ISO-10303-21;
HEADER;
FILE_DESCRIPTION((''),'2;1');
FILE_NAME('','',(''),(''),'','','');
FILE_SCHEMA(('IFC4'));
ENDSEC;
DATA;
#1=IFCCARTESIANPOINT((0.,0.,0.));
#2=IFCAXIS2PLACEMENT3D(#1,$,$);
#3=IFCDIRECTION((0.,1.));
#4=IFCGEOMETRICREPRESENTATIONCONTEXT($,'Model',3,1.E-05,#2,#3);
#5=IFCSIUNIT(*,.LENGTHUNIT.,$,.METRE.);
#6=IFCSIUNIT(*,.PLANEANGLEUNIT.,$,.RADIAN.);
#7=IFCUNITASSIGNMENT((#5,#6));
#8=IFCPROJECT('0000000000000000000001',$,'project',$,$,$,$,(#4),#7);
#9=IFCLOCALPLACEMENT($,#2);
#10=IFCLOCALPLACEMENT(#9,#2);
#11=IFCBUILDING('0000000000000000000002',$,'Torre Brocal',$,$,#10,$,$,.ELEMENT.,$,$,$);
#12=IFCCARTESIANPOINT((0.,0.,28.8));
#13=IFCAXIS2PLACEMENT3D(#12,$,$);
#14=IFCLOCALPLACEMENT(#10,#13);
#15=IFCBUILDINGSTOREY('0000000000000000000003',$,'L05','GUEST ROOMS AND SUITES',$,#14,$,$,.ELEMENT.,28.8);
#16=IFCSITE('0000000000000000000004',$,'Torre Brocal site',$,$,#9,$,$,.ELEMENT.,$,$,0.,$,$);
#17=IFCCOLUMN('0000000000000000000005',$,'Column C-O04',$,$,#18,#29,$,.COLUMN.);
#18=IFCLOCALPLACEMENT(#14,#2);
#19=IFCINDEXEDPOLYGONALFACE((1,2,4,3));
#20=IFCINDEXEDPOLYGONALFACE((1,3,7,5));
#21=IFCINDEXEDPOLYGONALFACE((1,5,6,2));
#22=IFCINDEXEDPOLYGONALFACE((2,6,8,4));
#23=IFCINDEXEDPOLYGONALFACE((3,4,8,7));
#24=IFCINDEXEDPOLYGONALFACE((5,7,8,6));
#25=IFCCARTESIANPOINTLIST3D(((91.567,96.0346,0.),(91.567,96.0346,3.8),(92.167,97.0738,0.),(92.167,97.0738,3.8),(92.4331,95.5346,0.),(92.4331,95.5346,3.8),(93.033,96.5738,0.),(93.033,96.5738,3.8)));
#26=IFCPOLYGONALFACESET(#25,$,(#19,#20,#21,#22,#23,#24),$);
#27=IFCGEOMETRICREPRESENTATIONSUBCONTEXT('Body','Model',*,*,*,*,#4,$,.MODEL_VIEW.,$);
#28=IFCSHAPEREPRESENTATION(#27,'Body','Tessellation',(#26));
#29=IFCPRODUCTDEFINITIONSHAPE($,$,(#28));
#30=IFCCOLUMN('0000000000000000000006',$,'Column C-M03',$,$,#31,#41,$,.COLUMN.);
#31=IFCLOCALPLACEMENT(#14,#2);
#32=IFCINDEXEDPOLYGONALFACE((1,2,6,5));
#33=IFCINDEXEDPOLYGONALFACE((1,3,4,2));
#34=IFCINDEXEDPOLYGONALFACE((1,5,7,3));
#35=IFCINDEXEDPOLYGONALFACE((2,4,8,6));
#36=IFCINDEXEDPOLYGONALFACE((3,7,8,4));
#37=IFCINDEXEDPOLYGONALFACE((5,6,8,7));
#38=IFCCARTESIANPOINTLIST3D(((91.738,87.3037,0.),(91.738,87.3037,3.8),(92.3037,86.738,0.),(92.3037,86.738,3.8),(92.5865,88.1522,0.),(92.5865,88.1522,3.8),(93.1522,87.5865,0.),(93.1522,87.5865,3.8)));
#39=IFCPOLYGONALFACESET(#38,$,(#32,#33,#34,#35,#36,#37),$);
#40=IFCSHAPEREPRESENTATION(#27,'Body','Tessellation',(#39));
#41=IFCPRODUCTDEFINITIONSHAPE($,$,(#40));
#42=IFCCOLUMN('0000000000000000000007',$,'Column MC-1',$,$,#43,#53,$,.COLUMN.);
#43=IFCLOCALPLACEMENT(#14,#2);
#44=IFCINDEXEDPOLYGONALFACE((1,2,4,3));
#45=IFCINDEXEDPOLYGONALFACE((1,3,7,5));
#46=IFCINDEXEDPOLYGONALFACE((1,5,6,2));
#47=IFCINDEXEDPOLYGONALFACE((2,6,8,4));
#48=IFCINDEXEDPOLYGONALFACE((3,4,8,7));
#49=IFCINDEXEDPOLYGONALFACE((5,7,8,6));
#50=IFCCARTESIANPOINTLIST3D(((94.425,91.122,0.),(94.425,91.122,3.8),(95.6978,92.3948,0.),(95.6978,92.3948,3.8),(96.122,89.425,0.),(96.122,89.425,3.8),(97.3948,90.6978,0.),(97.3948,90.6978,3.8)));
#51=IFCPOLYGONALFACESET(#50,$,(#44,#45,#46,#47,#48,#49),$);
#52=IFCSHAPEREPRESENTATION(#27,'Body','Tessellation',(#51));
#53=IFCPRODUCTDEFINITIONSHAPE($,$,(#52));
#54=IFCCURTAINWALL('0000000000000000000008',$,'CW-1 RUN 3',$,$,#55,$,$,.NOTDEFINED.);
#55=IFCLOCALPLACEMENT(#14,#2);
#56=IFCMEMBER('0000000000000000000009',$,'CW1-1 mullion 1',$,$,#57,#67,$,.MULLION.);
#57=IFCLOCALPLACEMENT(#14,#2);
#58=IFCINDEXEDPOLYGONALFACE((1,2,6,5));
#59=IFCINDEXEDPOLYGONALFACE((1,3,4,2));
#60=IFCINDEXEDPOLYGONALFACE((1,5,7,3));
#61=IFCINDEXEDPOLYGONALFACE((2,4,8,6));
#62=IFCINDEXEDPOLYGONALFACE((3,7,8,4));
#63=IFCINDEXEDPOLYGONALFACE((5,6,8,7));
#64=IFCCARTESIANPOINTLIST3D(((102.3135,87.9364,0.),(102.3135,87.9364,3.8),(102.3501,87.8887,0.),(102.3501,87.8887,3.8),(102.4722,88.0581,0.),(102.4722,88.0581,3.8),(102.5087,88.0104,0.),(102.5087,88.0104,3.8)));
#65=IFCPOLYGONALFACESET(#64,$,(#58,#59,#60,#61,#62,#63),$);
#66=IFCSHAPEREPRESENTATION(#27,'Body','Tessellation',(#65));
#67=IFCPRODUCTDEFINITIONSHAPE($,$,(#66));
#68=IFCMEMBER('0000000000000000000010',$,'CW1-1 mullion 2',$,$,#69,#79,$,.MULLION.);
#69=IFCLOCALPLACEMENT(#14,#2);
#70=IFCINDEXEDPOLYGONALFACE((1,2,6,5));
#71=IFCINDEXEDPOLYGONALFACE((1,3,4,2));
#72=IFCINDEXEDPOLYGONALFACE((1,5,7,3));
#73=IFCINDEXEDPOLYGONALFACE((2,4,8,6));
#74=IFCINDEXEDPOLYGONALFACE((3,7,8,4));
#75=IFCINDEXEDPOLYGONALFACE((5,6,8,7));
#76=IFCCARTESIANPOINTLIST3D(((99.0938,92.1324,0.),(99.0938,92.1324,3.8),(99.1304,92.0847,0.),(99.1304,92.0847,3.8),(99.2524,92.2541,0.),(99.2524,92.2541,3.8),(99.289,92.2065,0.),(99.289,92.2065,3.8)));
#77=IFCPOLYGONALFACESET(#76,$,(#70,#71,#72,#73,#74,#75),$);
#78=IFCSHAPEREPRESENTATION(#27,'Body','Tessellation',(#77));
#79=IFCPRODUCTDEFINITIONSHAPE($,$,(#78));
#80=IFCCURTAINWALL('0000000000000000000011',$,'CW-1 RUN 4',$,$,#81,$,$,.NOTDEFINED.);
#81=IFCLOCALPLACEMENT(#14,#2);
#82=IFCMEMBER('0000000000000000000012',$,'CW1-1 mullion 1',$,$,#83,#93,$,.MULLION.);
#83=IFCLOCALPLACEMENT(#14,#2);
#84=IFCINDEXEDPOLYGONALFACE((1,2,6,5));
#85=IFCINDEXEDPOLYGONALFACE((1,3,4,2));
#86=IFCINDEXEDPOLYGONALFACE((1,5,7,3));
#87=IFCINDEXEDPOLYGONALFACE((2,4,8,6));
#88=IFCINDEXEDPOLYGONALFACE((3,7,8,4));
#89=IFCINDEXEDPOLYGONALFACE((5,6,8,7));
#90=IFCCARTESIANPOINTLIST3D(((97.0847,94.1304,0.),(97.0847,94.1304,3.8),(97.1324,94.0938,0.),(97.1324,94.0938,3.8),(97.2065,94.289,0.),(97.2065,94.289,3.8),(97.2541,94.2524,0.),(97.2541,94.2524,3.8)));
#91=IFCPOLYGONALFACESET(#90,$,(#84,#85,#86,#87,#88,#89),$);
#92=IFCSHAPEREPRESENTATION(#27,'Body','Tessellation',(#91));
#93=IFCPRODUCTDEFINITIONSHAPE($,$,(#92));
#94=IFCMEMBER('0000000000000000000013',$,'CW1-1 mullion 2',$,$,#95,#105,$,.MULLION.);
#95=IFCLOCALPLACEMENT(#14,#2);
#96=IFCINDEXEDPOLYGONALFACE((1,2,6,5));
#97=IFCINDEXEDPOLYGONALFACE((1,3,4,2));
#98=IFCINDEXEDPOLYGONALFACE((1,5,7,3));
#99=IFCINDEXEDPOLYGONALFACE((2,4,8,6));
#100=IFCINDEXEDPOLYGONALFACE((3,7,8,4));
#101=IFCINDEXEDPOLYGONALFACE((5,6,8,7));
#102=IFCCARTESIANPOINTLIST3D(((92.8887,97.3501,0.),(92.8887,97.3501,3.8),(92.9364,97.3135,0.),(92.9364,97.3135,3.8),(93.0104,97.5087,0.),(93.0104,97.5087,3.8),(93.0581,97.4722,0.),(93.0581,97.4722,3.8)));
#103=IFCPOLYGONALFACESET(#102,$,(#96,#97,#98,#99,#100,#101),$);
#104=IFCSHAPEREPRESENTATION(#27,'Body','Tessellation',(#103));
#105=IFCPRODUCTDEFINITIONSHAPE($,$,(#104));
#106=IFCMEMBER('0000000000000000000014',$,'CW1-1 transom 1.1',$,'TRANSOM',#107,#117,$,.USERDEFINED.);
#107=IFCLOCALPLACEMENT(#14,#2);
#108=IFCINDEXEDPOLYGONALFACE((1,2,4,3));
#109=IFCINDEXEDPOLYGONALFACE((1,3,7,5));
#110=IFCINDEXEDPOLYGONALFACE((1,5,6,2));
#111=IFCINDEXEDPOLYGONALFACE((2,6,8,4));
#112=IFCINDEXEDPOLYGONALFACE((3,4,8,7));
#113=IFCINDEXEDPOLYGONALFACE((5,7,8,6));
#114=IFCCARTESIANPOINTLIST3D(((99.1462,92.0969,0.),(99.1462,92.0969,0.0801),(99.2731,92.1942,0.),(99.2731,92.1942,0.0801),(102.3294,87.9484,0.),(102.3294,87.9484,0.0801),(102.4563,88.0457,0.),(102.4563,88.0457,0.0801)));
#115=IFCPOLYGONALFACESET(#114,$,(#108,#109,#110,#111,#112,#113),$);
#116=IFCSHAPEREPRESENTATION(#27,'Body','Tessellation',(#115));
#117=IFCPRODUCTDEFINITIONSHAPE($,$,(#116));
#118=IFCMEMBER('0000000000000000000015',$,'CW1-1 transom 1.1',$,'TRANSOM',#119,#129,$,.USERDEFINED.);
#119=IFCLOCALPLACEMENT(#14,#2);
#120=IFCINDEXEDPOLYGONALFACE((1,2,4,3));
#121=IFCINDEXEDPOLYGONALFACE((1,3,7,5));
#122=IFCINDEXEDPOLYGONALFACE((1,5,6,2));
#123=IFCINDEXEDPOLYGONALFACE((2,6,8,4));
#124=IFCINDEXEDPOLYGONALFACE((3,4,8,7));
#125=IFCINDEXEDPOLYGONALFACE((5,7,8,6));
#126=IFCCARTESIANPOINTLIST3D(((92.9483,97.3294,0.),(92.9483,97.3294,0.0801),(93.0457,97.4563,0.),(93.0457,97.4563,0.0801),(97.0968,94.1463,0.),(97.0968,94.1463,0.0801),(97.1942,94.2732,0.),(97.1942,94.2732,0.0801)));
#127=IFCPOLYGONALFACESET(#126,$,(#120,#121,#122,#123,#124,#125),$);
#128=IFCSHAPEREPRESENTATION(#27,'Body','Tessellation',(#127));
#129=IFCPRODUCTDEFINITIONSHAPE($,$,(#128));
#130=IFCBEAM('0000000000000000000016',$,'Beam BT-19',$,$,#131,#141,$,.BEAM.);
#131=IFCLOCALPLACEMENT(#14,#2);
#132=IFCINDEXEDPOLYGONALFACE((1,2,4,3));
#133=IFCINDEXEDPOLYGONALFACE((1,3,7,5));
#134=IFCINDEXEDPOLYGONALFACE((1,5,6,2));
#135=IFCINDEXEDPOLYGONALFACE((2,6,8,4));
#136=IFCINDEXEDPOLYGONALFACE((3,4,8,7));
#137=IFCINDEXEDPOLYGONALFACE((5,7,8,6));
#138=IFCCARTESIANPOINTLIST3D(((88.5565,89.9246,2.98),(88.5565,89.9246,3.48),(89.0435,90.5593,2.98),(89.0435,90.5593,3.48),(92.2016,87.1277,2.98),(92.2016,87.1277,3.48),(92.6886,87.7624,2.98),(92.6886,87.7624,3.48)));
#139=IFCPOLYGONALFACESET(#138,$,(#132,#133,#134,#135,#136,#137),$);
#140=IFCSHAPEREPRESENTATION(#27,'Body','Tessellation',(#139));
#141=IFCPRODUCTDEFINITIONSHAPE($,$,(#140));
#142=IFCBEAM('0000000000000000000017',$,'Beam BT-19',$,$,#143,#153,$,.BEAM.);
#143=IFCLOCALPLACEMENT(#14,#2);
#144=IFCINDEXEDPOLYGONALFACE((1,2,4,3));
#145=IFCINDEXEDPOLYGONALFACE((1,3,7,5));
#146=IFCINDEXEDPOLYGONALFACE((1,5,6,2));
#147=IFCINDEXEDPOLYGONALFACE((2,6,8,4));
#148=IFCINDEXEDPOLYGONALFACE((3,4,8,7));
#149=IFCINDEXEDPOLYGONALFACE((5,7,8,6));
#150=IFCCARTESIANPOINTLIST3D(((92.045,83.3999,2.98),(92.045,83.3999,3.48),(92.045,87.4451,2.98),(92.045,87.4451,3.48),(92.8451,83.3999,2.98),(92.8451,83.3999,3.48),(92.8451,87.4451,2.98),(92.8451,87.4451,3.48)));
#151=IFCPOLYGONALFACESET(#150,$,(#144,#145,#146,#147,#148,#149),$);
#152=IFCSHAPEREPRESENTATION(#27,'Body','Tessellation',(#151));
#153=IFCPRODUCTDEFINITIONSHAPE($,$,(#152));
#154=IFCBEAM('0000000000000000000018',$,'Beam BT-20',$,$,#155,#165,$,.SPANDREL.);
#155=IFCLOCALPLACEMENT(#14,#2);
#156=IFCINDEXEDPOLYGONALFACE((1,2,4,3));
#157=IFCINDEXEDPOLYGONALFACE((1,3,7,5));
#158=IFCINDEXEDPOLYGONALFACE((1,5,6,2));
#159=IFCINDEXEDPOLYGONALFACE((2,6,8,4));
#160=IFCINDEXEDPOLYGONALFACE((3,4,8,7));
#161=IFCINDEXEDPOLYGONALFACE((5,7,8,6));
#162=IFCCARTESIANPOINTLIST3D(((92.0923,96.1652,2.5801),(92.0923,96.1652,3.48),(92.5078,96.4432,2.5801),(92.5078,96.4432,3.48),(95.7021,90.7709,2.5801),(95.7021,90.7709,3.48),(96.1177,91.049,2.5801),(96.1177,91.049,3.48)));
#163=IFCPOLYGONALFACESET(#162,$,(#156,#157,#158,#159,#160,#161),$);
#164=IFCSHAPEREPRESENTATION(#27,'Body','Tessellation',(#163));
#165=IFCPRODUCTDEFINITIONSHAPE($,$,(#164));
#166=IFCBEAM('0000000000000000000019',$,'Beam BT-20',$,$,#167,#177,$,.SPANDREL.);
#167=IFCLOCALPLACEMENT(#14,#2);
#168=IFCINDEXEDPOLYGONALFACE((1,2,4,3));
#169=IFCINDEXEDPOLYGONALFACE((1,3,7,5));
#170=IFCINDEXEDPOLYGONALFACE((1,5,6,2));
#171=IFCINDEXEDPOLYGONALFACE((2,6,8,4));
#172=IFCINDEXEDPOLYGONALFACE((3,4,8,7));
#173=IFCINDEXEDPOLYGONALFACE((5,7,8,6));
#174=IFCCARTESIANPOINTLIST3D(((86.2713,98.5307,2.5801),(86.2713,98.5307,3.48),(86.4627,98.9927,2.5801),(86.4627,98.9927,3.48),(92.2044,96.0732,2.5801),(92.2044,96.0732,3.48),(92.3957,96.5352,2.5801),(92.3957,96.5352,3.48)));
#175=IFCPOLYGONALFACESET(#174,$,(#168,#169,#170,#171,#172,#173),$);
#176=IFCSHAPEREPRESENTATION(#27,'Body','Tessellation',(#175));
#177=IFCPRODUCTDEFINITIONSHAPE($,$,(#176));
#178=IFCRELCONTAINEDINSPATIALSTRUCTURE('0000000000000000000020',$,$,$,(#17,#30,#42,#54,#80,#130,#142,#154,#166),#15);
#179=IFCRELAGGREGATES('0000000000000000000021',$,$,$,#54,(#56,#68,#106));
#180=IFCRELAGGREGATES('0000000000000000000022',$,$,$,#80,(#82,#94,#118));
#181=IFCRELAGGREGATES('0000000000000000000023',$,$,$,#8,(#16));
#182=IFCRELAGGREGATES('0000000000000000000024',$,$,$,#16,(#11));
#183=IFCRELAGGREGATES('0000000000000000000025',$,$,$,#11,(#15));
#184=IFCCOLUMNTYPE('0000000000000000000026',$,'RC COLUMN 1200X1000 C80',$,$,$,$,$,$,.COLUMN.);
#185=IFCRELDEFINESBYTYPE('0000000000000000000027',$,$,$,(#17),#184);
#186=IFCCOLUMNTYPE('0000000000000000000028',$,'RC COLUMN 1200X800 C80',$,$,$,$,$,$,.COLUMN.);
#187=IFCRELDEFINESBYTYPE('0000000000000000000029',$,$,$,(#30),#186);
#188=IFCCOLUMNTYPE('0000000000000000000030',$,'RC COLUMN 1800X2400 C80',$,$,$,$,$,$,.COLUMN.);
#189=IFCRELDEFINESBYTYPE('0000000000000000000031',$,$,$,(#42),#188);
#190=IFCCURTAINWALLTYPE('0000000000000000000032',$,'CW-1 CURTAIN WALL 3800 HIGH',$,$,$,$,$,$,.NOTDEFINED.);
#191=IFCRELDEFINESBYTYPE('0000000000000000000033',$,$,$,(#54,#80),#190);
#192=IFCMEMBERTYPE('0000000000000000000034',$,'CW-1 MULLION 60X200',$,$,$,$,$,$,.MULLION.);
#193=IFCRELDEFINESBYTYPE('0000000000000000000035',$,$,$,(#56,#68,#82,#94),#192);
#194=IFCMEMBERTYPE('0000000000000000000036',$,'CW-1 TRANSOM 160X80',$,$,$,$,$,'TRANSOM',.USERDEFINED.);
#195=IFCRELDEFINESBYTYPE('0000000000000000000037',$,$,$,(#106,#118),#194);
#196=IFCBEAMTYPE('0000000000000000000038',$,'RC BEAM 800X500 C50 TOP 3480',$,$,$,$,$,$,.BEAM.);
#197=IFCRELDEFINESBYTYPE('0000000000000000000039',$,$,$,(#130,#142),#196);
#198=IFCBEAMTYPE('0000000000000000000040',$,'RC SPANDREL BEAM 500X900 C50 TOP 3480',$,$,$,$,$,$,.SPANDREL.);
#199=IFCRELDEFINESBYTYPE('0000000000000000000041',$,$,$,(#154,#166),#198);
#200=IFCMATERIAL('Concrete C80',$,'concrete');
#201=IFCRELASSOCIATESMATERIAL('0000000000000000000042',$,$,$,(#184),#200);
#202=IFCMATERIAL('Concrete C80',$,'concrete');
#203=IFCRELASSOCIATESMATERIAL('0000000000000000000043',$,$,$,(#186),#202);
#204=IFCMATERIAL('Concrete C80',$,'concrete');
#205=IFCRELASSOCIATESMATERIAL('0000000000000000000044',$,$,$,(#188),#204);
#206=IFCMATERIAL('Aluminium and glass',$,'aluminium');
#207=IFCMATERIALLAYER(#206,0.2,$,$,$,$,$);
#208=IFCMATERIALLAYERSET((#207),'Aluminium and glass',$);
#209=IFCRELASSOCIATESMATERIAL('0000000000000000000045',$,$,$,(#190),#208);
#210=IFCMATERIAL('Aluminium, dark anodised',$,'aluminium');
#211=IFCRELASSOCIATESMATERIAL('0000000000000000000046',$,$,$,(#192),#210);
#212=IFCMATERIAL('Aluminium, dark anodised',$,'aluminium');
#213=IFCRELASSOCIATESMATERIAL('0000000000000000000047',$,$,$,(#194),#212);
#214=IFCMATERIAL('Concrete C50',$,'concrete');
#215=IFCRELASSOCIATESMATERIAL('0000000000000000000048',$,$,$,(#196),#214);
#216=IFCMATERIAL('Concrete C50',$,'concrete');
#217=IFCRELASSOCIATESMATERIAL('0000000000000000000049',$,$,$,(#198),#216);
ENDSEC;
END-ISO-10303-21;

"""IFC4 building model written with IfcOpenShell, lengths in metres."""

from ifc_helpers import new_model, si_unit, direction, frame, origin, origin_2d, place, context, subcontext, project, spatial, rectangle, extrude, material, layer, layer_set, material_profile, profile_set, type_object, element, aggregate, save


model = new_model("IFC4")

# Units and contexts
model_context = context("Model", 3, precision=1e-05, world=origin(), true_north=direction((0.0, 1.0)))
body_context = subcontext(model_context, "Body", "Model", "MODEL_VIEW")
ifc_project = project(units=[si_unit("LENGTHUNIT", "METRE"), si_unit("PLANEANGLEUNIT", "RADIAN")], contexts=[model_context])

# Site, building, storey
site_placement = place(None, origin())
site = spatial("IfcSite", under=ifc_project, at=site_placement, Name="Torre Brocal site", CompositionType="ELEMENT", RefElevation=0.0)
building_placement = place(site_placement, origin())
building = spatial("IfcBuilding", under=site, at=building_placement, Name="Torre Brocal", CompositionType="ELEMENT")
storey_placement = place(building_placement, frame((0.0, 0.0, 28.8)))
storey = spatial("IfcBuildingStorey", under=building, at=storey_placement, Name="L05", Description="GUEST ROOMS AND SUITES", CompositionType="ELEMENT", Elevation=28.8)

# Columns
ifc_material_1 = material(Name="Concrete C80", Category="concrete")
ifc_material_profile_1 = material_profile(ifc_material_1, rectangle(XDim=1.2, YDim=1.0, at=origin_2d()), Name="RC 1200X1000")
ifc_profile_set_1 = profile_set([ifc_material_profile_1], Name="Concrete C80")
column_type_1 = type_object("IfcColumnType", Name="RC COLUMN 1200X1000 C80", PredefinedType="COLUMN", material=ifc_profile_set_1)
column_1_placement = place(storey_placement, frame((92.3, 96.3042, 0.0), z_axis=(0.0, 0.0, 1.0), x_axis=(0.5, 0.866025, 0.0)))
element("IfcColumn", 1, at=column_1_placement, inside=storey, type_object=column_type_1, Name="Column C-O04", PredefinedType="COLUMN", context=body_context, shape_type="SweptSolid", body=[
    extrude(rectangle(XDim=1.2, YDim=1.0, at=origin_2d()), origin(), (0.0, 0.0, 1.0), 3.8),
])
ifc_material_2 = material(Name="Concrete C80", Category="concrete")
ifc_material_profile_2 = material_profile(ifc_material_2, rectangle(XDim=1.2, YDim=0.8, at=origin_2d()), Name="RC 1200X800")
ifc_profile_set_2 = profile_set([ifc_material_profile_2], Name="Concrete C80")
column_type_2 = type_object("IfcColumnType", Name="RC COLUMN 1200X800 C80", PredefinedType="COLUMN", material=ifc_profile_set_2)
column_2_placement = place(storey_placement, frame((92.4451, 87.4451, 0.0), z_axis=(0.0, 0.0, 1.0), x_axis=(0.707107, 0.707107, 0.0)))
element("IfcColumn", 2, at=column_2_placement, inside=storey, type_object=column_type_2, Name="Column C-M03", PredefinedType="COLUMN", context=body_context, shape_type="SweptSolid", body=[
    extrude(rectangle(XDim=1.2, YDim=0.8, at=origin_2d()), origin(), (0.0, 0.0, 1.0), 3.8),
])
ifc_material_3 = material(Name="Concrete C80", Category="concrete")
ifc_material_profile_3 = material_profile(ifc_material_3, rectangle(XDim=1.8, YDim=2.3999, at=origin_2d()), Name="RC 1800X2400")
ifc_profile_set_3 = profile_set([ifc_material_profile_3], Name="Concrete C80")
column_type_3 = type_object("IfcColumnType", Name="RC COLUMN 1800X2400 C80", PredefinedType="COLUMN", material=ifc_profile_set_3)
column_3_placement = place(storey_placement, frame((95.9099, 90.9099, 0.0), z_axis=(0.0, 0.0, 1.0), x_axis=(0.707107, 0.707107, 0.0)))
element("IfcColumn", 3, at=column_3_placement, inside=storey, type_object=column_type_3, Name="Column MC-1", PredefinedType="COLUMN", context=body_context, shape_type="SweptSolid", body=[
    extrude(rectangle(XDim=1.8, YDim=2.3999, at=origin_2d()), origin(), (0.0, 0.0, 1.0), 3.8),
])

# Curtain walls, members
ifc_material_4 = material(Name="Aluminium and glass", Category="aluminium")
ifc_layer_1 = layer(ifc_material_4, 0.2)
ifc_layer_set_1 = layer_set([ifc_layer_1], Name="Aluminium and glass")
curtain_wall_type = type_object("IfcCurtainWallType", Name="CW-1 CURTAIN WALL 3800 HIGH", PredefinedType="NOTDEFINED", material=ifc_layer_set_1)
curtain_wall_1_placement = place(storey_placement, origin())
curtain_wall_1 = element("IfcCurtainWall", 4, at=curtain_wall_1_placement, inside=storey, type_object=curtain_wall_type, Name="CW-1 RUN 3", PredefinedType="NOTDEFINED")
ifc_material_5 = material(Name="Aluminium, dark anodised", Category="aluminium")
ifc_material_profile_4 = material_profile(ifc_material_5, rectangle(XDim=0.2, YDim=0.0601, at=origin_2d()), Name="CW-1 MULLION 60X200")
ifc_profile_set_4 = profile_set([ifc_material_profile_4], Name="Aluminium, dark anodised")
member_type_1 = type_object("IfcMemberType", Name="CW-1 MULLION 60X200", PredefinedType="MULLION", material=ifc_profile_set_4)
member_1_placement = place(storey_placement, frame((102.4111, 87.9734, 0.0), z_axis=(0.0, 0.0, 1.0), x_axis=(-0.793353, -0.608761, 0.0)))
member_1 = element("IfcMember", 5, at=member_1_placement, type_object=member_type_1, Name="CW1-1 mullion 1", PredefinedType="MULLION", context=body_context, shape_type="SweptSolid", body=[
    extrude(rectangle(XDim=0.2, YDim=0.0601, at=origin_2d()), origin(), (0.0, 0.0, 1.0), 3.8),
])
member_2_placement = place(storey_placement, frame((99.1914, 92.1694, 0.0), z_axis=(0.0, 0.0, 1.0), x_axis=(-0.793353, -0.608761, 0.0)))
member_2 = element("IfcMember", 6, at=member_2_placement, type_object=member_type_1, Name="CW1-1 mullion 2", PredefinedType="MULLION", context=body_context, shape_type="SweptSolid", body=[
    extrude(rectangle(XDim=0.2, YDim=0.0601, at=origin_2d()), origin(), (0.0, 0.0, 1.0), 3.8),
])
curtain_wall_2_placement = place(storey_placement, origin())
curtain_wall_2 = element("IfcCurtainWall", 7, at=curtain_wall_2_placement, inside=storey, type_object=curtain_wall_type, Name="CW-1 RUN 4", PredefinedType="NOTDEFINED")
member_3_placement = place(storey_placement, frame((97.1694, 94.1914, 0.0), z_axis=(0.0, 0.0, 1.0), x_axis=(-0.608761, -0.793353, 0.0)))
member_3 = element("IfcMember", 8, at=member_3_placement, type_object=member_type_1, Name="CW1-1 mullion 1", PredefinedType="MULLION", context=body_context, shape_type="SweptSolid", body=[
    extrude(rectangle(XDim=0.2, YDim=0.0601, at=origin_2d()), origin(), (0.0, 0.0, 1.0), 3.8),
])
member_4_placement = place(storey_placement, frame((92.9734, 97.4111, 0.0), z_axis=(0.0, 0.0, 1.0), x_axis=(-0.608761, -0.793353, 0.0)))
member_4 = element("IfcMember", 9, at=member_4_placement, type_object=member_type_1, Name="CW1-1 mullion 2", PredefinedType="MULLION", context=body_context, shape_type="SweptSolid", body=[
    extrude(rectangle(XDim=0.2, YDim=0.0601, at=origin_2d()), origin(), (0.0, 0.0, 1.0), 3.8),
])

# Members
ifc_material_6 = material(Name="Aluminium, dark anodised", Category="aluminium")
ifc_material_profile_5 = material_profile(ifc_material_6, rectangle(XDim=0.1599, YDim=0.0801, at=origin_2d()), Name="CW-1 TRANSOM 160X80")
ifc_profile_set_5 = profile_set([ifc_material_profile_5], Name="Aluminium, dark anodised")
member_type_2 = type_object("IfcMemberType", Name="CW-1 TRANSOM 160X80", ElementType="TRANSOM", PredefinedType="USERDEFINED", material=ifc_profile_set_5)
member_5_placement = place(storey_placement, frame((102.3928, 87.9971, 0.04), z_axis=(-0.608749, 0.793363, 0.0), x_axis=(-0.793363, -0.608749, 0.0)))
member_5 = element("IfcMember", 10, at=member_5_placement, type_object=member_type_2, Name="CW1-1 transom 1.1", ObjectType="TRANSOM", PredefinedType="USERDEFINED", context=body_context, shape_type="SweptSolid", body=[
    extrude(rectangle(XDim=0.1599, YDim=0.0801, at=origin_2d()), origin(), (0.0, 0.0, 1.0), 5.229),
])
member_6_placement = place(storey_placement, frame((97.1455, 94.2097, 0.04), z_axis=(-0.793363, 0.608749, 0.0), x_axis=(-0.608749, -0.793363, 0.0)))
member_6 = element("IfcMember", 11, at=member_6_placement, type_object=member_type_2, Name="CW1-1 transom 1.1", ObjectType="TRANSOM", PredefinedType="USERDEFINED", context=body_context, shape_type="SweptSolid", body=[
    extrude(rectangle(XDim=0.1599, YDim=0.0801, at=origin_2d()), origin(), (0.0, 0.0, 1.0), 5.229),
])

# Beams
ifc_material_7 = material(Name="Concrete C50", Category="concrete")
ifc_material_profile_6 = material_profile(ifc_material_7, rectangle(XDim=0.8, YDim=0.5, at=origin_2d()), Name="RC 800X500")
ifc_profile_set_6 = profile_set([ifc_material_profile_6], Name="Concrete C50")
beam_type_1 = type_object("IfcBeamType", Name="RC BEAM 800X500 C50 TOP 3480", PredefinedType="BEAM", material=ifc_profile_set_6)
beam_1_placement = place(storey_placement, frame((92.4451, 87.4451, 3.23), z_axis=(-0.793358, 0.608755, 0.0), x_axis=(-0.608755, -0.793358, 0.0)))
element("IfcBeam", 12, at=beam_1_placement, inside=storey, type_object=beam_type_1, Name="Beam BT-19", PredefinedType="BEAM", context=body_context, shape_type="SweptSolid", body=[
    extrude(rectangle(XDim=0.8, YDim=0.5, at=origin_2d()), origin(), (0.0, 0.0, 1.0), 4.5945),
])
beam_2_placement = place(storey_placement, frame((92.4451, 87.4451, 3.23), z_axis=(0.0, -1.0, 0.0), x_axis=(1.0, 0.0, 0.0)))
element("IfcBeam", 13, at=beam_2_placement, inside=storey, type_object=beam_type_1, Name="Beam BT-19", PredefinedType="BEAM", context=body_context, shape_type="SweptSolid", body=[
    extrude(rectangle(XDim=0.8, YDim=0.5, at=origin_2d()), origin(), (0.0, 0.0, 1.0), 4.0452),
])
ifc_material_8 = material(Name="Concrete C50", Category="concrete")
ifc_material_profile_7 = material_profile(ifc_material_8, rectangle(XDim=0.5, YDim=0.8999, at=origin_2d()), Name="RC 500X900")
ifc_profile_set_7 = profile_set([ifc_material_profile_7], Name="Concrete C50")
beam_type_2 = type_object("IfcBeamType", Name="RC SPANDREL BEAM 500X900 C50 TOP 3480", PredefinedType="SPANDREL", material=ifc_profile_set_7)
beam_3_placement = place(storey_placement, frame((95.9099, 90.9099, 3.03), z_axis=(-0.556158, 0.831077, 0.0), x_axis=(-0.831077, -0.556158, 0.0)))
element("IfcBeam", 14, at=beam_3_placement, inside=storey, type_object=beam_type_2, Name="Beam BT-20", PredefinedType="SPANDREL", context=body_context, shape_type="SweptSolid", body=[
    extrude(rectangle(XDim=0.5, YDim=0.8999, at=origin_2d()), origin(), (0.0, 0.0, 1.0), 6.4907),
])
beam_4_placement = place(storey_placement, frame((92.3, 96.3042, 3.03), z_axis=(-0.923882, 0.382676, 0.0), x_axis=(-0.382676, -0.923882, 0.0)))
element("IfcBeam", 15, at=beam_4_placement, inside=storey, type_object=beam_type_2, Name="Beam BT-20", PredefinedType="SPANDREL", context=body_context, shape_type="SweptSolid", body=[
    extrude(rectangle(XDim=0.5, YDim=0.8999, at=origin_2d()), origin(), (0.0, 0.0, 1.0), 6.4219),
])

aggregate(curtain_wall_1, [member_1, member_2, member_5])
aggregate(curtain_wall_2, [member_3, member_4, member_6])

save(model, "model.ifc")
